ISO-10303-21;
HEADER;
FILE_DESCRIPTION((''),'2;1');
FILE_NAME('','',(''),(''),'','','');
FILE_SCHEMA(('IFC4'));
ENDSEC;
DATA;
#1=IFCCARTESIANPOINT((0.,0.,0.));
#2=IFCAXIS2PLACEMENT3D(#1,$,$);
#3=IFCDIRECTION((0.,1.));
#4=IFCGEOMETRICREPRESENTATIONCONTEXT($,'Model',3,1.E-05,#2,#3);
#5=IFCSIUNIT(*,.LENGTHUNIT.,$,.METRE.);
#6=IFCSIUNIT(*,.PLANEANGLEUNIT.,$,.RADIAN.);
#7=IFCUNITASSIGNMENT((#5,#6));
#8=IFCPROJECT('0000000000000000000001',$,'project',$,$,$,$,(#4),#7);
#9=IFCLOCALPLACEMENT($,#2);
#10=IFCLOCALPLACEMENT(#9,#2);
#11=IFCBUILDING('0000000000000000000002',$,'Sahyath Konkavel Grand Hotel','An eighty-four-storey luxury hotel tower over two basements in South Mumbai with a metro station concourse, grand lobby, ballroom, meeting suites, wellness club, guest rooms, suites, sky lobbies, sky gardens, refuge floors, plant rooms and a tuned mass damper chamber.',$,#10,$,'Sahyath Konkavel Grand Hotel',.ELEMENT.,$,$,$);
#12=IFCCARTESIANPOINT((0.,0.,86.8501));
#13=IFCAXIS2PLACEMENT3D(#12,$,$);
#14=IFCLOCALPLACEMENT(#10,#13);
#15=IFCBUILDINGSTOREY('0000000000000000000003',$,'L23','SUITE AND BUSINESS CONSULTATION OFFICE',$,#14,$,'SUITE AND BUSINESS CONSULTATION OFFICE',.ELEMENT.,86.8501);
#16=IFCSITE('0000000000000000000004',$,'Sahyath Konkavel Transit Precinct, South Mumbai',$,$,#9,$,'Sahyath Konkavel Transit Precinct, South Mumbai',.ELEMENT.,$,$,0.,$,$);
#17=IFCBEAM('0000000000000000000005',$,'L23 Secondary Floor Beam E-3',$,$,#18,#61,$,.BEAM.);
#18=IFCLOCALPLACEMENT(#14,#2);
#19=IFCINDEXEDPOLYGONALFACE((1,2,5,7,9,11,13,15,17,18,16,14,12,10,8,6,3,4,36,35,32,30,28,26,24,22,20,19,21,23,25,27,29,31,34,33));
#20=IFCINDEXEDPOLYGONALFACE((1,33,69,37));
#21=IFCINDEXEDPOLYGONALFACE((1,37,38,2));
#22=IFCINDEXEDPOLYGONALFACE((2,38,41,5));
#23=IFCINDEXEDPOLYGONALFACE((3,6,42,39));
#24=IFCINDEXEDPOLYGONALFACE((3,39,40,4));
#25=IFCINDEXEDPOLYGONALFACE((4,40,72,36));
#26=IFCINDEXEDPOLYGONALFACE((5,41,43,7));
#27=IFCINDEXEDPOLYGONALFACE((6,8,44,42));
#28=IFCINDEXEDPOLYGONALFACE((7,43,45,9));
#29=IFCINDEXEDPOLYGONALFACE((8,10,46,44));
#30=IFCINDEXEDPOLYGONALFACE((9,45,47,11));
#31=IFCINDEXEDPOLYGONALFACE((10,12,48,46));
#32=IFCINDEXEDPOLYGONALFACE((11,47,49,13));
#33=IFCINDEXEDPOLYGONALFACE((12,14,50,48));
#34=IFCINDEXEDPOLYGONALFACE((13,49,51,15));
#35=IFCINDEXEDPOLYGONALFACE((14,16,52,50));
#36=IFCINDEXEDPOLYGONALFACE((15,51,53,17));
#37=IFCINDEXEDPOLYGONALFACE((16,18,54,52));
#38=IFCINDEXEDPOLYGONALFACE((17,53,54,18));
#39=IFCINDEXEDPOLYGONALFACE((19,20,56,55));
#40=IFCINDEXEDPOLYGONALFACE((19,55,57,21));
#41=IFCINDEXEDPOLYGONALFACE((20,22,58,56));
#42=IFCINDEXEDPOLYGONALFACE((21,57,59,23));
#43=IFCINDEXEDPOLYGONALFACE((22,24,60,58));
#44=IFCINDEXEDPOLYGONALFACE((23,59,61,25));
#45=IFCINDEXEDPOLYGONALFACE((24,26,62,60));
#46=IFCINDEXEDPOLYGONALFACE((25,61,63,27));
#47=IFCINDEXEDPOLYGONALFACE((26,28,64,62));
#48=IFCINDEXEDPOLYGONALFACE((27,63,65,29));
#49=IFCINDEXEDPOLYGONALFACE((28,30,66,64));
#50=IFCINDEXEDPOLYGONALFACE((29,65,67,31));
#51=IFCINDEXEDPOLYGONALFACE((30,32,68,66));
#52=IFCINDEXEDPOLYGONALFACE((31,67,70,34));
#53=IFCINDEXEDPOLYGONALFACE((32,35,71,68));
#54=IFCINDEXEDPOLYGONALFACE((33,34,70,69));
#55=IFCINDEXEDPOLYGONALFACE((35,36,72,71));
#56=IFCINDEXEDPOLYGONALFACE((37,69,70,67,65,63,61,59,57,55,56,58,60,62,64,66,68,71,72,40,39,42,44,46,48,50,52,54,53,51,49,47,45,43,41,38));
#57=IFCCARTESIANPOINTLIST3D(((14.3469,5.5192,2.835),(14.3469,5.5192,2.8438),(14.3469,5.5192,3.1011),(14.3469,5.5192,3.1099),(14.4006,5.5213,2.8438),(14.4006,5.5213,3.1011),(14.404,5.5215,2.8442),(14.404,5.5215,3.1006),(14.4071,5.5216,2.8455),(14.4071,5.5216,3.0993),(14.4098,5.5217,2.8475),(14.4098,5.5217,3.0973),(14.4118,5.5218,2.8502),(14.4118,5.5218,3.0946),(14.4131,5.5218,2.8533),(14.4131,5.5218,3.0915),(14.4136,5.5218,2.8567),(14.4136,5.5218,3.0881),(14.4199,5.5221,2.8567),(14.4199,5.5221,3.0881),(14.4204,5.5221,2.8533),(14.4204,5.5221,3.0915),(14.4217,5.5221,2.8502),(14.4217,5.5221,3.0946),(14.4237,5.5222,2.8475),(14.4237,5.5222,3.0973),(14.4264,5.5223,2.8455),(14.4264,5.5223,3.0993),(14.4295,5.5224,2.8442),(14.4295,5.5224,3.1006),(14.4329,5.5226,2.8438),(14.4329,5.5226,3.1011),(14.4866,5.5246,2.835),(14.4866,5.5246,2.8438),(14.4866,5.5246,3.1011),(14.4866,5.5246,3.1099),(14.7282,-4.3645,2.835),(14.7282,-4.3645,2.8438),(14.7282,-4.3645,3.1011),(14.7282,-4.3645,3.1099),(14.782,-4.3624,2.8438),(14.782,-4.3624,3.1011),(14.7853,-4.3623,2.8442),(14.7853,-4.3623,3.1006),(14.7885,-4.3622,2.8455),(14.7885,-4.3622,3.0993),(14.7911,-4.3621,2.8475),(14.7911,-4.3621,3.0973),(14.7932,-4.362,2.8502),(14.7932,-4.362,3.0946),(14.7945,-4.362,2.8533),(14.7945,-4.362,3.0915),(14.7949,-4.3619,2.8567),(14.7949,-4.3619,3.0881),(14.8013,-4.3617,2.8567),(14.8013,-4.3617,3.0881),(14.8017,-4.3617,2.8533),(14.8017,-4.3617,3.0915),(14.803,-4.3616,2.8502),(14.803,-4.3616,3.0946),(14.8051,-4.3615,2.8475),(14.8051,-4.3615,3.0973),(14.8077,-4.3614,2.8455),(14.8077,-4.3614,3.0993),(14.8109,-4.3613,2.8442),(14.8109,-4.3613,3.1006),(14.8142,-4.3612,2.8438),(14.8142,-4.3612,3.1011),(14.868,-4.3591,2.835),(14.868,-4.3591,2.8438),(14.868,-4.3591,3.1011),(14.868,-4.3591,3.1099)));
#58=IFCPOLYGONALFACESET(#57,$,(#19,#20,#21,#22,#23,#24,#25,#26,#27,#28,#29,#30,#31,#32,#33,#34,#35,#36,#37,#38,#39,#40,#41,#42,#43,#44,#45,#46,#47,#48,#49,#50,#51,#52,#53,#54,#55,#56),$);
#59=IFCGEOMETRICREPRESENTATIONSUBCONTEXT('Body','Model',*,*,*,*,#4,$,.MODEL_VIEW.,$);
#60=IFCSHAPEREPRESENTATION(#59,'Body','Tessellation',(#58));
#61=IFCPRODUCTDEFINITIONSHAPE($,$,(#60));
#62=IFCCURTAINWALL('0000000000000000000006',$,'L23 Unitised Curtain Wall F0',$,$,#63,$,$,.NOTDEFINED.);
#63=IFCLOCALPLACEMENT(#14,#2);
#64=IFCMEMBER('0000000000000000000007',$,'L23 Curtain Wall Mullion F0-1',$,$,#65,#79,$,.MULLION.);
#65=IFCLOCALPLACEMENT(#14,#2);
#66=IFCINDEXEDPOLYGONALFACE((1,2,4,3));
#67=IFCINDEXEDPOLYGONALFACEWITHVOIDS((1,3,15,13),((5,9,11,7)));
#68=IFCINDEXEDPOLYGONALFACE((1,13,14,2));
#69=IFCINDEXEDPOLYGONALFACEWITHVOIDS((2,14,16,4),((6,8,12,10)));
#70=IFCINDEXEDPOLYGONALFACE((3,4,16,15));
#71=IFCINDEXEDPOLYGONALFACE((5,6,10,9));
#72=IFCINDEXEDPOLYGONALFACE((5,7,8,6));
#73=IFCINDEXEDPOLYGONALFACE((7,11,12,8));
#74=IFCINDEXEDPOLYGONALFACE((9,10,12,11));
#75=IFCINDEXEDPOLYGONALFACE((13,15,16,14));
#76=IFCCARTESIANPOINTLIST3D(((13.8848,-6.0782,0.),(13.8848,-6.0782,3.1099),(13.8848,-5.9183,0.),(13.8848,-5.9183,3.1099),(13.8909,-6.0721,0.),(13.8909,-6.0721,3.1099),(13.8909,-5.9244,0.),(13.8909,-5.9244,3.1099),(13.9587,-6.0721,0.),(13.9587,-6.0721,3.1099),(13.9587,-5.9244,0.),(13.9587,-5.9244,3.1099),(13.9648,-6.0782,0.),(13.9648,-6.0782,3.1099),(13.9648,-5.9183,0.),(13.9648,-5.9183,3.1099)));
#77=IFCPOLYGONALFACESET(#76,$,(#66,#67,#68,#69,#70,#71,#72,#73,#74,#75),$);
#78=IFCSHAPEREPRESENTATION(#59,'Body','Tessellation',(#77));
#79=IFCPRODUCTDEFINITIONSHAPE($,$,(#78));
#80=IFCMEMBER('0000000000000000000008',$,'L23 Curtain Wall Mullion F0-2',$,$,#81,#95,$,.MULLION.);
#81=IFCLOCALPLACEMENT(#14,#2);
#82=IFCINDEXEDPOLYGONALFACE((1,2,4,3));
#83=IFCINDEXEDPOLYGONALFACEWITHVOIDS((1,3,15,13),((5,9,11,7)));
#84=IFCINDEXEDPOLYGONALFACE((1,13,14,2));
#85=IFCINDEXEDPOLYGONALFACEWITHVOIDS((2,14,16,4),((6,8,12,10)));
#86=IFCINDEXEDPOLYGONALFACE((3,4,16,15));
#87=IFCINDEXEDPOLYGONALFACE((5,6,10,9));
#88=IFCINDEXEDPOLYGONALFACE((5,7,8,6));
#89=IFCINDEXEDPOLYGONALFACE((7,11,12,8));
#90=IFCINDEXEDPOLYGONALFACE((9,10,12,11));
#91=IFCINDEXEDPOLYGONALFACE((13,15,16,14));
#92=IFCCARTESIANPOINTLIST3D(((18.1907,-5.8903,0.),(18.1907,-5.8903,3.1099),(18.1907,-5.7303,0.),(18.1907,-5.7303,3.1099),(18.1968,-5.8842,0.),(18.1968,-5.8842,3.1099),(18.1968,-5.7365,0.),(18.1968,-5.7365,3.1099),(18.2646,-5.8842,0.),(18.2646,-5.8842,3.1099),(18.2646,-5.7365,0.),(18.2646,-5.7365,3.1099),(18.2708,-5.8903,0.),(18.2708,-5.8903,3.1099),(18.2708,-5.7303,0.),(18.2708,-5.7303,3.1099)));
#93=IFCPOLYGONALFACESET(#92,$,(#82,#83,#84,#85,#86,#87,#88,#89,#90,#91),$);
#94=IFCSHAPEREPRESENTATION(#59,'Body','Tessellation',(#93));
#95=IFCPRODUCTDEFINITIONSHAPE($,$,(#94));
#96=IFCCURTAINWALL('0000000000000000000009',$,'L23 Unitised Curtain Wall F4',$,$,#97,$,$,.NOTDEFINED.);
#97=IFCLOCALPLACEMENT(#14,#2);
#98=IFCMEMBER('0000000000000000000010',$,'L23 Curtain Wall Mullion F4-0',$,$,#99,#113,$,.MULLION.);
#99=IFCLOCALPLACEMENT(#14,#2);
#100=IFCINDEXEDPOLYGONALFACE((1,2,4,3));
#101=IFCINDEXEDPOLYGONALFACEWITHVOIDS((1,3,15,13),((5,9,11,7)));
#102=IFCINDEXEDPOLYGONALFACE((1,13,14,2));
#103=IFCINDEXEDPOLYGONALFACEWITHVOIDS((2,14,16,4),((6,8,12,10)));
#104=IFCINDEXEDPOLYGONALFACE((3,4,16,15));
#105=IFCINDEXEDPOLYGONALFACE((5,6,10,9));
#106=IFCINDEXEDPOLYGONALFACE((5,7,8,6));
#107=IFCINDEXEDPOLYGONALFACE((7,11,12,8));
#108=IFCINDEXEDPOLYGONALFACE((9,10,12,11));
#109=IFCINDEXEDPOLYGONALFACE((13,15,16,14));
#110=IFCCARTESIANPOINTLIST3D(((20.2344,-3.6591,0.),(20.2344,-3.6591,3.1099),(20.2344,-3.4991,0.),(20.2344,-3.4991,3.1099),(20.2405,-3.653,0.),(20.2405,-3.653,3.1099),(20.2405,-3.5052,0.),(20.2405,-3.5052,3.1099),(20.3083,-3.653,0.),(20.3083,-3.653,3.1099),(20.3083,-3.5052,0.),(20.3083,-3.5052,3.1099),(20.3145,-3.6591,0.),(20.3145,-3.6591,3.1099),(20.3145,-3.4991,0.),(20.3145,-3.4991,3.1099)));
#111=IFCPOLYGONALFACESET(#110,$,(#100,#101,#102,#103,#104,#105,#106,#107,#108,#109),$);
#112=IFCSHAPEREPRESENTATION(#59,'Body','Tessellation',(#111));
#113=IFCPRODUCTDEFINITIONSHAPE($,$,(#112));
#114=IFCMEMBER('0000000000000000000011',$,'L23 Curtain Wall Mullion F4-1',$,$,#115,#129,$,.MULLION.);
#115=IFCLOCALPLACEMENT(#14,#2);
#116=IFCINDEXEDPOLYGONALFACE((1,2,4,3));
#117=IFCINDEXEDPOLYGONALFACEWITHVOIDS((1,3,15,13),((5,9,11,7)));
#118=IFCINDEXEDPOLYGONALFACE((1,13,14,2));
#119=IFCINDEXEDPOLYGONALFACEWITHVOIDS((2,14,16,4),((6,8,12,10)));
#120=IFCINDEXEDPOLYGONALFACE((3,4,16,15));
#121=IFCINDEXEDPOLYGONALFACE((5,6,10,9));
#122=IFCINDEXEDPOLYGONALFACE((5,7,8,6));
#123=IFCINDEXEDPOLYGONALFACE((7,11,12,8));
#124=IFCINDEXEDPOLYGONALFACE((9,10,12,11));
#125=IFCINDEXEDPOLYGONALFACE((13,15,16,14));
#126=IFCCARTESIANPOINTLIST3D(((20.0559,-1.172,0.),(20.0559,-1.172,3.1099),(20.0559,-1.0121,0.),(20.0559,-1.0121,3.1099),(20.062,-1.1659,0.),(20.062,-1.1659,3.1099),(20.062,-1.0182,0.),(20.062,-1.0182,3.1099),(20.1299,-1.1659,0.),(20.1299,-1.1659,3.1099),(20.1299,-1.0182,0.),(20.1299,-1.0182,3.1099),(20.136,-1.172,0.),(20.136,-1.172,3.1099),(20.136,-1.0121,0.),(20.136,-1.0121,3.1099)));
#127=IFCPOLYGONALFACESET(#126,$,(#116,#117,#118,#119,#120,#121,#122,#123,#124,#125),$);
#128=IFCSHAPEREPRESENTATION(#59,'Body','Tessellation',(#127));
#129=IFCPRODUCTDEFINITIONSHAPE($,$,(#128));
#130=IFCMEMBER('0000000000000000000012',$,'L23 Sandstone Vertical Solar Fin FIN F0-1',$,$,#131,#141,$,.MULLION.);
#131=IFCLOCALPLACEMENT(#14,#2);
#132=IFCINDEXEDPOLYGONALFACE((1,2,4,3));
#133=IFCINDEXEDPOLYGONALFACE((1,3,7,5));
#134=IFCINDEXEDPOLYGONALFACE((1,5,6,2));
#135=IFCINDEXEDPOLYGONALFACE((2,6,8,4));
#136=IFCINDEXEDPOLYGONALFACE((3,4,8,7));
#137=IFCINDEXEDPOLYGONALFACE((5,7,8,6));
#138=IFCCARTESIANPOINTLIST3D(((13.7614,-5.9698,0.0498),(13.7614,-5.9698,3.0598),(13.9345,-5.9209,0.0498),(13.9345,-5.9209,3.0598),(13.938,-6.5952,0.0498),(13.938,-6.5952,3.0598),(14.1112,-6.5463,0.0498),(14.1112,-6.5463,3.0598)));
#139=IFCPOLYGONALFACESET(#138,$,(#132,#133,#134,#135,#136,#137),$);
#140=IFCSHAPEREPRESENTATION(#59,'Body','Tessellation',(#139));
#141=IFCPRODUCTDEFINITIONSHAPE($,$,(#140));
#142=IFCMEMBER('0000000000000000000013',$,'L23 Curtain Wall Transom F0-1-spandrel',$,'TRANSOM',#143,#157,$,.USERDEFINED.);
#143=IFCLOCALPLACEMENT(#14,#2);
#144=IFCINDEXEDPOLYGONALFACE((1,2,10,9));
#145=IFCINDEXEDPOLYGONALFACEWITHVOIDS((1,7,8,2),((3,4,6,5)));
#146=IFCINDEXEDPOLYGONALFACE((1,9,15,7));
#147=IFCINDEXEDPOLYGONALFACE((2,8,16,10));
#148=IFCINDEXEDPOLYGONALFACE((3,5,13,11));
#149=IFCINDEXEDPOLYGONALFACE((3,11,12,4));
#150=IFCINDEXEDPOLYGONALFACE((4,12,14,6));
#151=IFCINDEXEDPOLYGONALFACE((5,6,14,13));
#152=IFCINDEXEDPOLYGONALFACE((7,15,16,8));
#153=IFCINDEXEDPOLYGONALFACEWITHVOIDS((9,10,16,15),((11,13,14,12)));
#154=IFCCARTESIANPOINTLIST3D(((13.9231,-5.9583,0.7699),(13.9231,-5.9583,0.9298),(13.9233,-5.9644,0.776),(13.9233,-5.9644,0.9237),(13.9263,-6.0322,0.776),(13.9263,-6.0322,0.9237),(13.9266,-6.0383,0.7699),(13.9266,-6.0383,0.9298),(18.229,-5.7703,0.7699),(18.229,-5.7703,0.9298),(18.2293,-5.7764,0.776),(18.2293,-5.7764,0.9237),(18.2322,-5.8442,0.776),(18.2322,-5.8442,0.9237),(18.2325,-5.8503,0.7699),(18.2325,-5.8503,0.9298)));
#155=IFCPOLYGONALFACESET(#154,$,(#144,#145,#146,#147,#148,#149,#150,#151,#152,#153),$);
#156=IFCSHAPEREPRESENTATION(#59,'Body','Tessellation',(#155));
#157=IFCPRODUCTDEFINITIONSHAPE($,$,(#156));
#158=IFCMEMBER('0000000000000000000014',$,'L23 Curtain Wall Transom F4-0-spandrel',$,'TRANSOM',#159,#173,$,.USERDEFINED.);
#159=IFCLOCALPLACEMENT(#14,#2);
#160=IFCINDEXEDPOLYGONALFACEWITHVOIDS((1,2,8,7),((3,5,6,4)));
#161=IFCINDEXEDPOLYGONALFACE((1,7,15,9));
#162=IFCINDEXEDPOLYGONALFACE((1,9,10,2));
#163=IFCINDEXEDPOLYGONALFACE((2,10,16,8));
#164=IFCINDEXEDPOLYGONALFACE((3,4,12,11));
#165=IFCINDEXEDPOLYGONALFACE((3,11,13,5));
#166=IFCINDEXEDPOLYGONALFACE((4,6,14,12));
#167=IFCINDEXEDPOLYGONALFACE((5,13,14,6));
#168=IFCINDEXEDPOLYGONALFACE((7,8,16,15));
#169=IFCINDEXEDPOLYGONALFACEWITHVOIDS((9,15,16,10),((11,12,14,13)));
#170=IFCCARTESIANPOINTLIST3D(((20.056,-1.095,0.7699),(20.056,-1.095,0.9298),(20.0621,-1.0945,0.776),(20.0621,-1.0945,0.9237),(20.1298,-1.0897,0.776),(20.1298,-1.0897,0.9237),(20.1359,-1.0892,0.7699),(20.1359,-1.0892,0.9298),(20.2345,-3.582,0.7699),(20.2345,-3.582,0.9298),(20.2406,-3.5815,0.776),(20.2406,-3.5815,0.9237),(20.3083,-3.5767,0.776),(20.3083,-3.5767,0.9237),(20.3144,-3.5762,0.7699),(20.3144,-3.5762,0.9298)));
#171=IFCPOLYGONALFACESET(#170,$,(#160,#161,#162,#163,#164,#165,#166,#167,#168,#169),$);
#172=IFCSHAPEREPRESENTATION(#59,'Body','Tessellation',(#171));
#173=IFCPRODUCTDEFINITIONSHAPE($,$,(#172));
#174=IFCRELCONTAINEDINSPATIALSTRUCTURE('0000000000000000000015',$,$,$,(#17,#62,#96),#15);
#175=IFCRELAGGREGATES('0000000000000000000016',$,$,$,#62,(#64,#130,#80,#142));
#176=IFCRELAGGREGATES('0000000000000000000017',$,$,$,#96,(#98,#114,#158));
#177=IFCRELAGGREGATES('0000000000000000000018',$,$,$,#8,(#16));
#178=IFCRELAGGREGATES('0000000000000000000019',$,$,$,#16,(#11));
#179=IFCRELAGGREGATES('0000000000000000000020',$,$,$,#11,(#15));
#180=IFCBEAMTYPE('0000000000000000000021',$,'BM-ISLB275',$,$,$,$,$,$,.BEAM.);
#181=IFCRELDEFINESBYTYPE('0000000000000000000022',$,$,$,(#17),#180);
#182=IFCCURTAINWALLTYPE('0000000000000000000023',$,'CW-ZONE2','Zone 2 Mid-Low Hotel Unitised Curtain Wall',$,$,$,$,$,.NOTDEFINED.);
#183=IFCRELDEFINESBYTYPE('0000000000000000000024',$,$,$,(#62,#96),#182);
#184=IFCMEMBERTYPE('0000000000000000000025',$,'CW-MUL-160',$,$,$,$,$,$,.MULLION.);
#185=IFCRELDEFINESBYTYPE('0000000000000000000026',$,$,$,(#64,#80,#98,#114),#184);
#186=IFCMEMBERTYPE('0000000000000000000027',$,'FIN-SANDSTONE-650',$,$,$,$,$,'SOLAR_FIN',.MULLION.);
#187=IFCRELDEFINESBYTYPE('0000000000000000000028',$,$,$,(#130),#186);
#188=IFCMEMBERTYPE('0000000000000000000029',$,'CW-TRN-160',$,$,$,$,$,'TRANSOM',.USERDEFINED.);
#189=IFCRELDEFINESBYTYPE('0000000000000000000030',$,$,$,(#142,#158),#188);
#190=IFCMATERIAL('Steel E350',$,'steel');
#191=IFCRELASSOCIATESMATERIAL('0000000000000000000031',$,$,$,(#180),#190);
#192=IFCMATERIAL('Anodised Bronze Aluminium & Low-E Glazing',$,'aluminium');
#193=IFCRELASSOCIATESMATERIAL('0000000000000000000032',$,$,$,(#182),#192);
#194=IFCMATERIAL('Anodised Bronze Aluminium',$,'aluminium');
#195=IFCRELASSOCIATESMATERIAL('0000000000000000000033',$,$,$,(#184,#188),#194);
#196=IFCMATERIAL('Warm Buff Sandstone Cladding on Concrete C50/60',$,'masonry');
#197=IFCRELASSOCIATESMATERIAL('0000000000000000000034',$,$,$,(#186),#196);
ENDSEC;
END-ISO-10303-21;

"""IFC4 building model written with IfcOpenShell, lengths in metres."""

from ifc_helpers import new_model, si_unit, direction, frame, origin, origin_2d, place, context, subcontext, project, spatial, rectangle, hollow_rectangle, i_section, extrude, source, transform, mapped, material, material_profile, profile_set, type_object, element, aggregate, save


model = new_model("IFC4")

# Units and contexts
model_context = context("Model", 3, precision=1e-05, world=origin(), true_north=direction((0.0, 1.0)))
body_context = subcontext(model_context, "Body", "Model", "MODEL_VIEW")
ifc_project = project(units=[si_unit("LENGTHUNIT", "METRE"), si_unit("PLANEANGLEUNIT", "RADIAN")], contexts=[model_context])

# Site, building, storey
site_placement = place(None, origin())
site = spatial("IfcSite", under=ifc_project, at=site_placement, Name="Sahyath Konkavel Transit Precinct, South Mumbai", LongName="Sahyath Konkavel Transit Precinct, South Mumbai", CompositionType="ELEMENT", RefElevation=0.0)
building_placement = place(site_placement, origin())
building = spatial("IfcBuilding", under=site, at=building_placement, Name="Sahyath Konkavel Grand Hotel", Description="An eighty-four-storey luxury hotel tower over two basements in South Mumbai with a metro station concourse, grand lobby, ballroom, meeting suites, wellness club, guest rooms, suites, sky lobbies, sky gardens, refuge floors, plant rooms and a tuned mass damper chamber.", LongName="Sahyath Konkavel Grand Hotel", CompositionType="ELEMENT")
storey_placement = place(building_placement, frame((0.0, 0.0, 86.8501)))
storey = spatial("IfcBuildingStorey", under=building, at=storey_placement, Name="L23", Description="SUITE AND BUSINESS CONSULTATION OFFICE", LongName="SUITE AND BUSINESS CONSULTATION OFFICE", CompositionType="ELEMENT", Elevation=86.8501)

# Beam
ifc_material_1 = material(Name="Steel E350", Category="steel")
ifc_material_profile_1 = material_profile(ifc_material_1, i_section(OverallWidth=0.1399, OverallDepth=0.2749, WebThickness=0.0063, FlangeThickness=0.0088, FilletRadius=0.0129, at=origin_2d()), Name="ISLB 275")
ifc_profile_set_1 = profile_set([ifc_material_profile_1], Name="Steel E350")
beam_type_1 = type_object("IfcBeamType", Name="BM-ISLB275", PredefinedType="BEAM", material=ifc_profile_set_1)
shared_shape_1 = source(origin(), body_context, "Body", "SweptSolid", [
    extrude(i_section(OverallWidth=0.1399, OverallDepth=0.2749, WebThickness=0.0063, FlangeThickness=0.0088, FilletRadius=0.0129, at=origin_2d()), origin(), (0.0, 0.0, 1.0), 9.8911),
])
beam_1_placement = place(storey_placement, frame((14.7981, -4.3618, 2.9724), z_axis=(-0.038554, 0.999257, 0.0), x_axis=(-0.999257, -0.038554, 0.0)))
element("IfcBeam", 1, at=beam_1_placement, inside=storey, type_object=beam_type_1, Name="L23 Secondary Floor Beam E-3", PredefinedType="BEAM", context=body_context, shape_type="MappedRepresentation", body=[
    mapped(shared_shape_1, transform((0.0, 0.0, 0.0), scale=1.0)),
])

# Curtain walls, members
ifc_material_2 = material(Name="Anodised Bronze Aluminium & Low-E Glazing", Category="aluminium")
curtain_wall_type = type_object("IfcCurtainWallType", Name="CW-ZONE2", Description="Zone 2 Mid-Low Hotel Unitised Curtain Wall", PredefinedType="NOTDEFINED", material=ifc_material_2)
curtain_wall_1_placement = place(storey_placement, origin())
curtain_wall_1 = element("IfcCurtainWall", 2, at=curtain_wall_1_placement, inside=storey, type_object=curtain_wall_type, Name="L23 Unitised Curtain Wall F0", PredefinedType="NOTDEFINED")
ifc_material_3 = material(Name="Anodised Bronze Aluminium", Category="aluminium")
ifc_material_profile_2 = material_profile(ifc_material_3, hollow_rectangle(XDim=0.0801, YDim=0.1599, WallThickness=0.0061, at=origin_2d()), Name="RHS 160x80x6")
ifc_profile_set_2 = profile_set([ifc_material_profile_2], Name="Anodised Bronze Aluminium")
member_type_1 = type_object("IfcMemberType", Name="CW-MUL-160", PredefinedType="MULLION", material=ifc_profile_set_2)
shared_shape_2 = source(origin(), body_context, "Body", "SweptSolid", [
    extrude(hollow_rectangle(XDim=0.0801, YDim=0.1599, WallThickness=0.0061, at=origin_2d()), origin(), (0.0, 0.0, 1.0), 3.1099),
])
member_1_placement = place(storey_placement, frame((13.9248, -5.9983, 0.0), z_axis=(0.0, 0.0, 1.0), x_axis=(1.0, 0.0, 0.0)))
member_1 = element("IfcMember", 3, at=member_1_placement, type_object=member_type_1, Name="L23 Curtain Wall Mullion F0-1", PredefinedType="MULLION", context=body_context, shape_type="MappedRepresentation", body=[
    mapped(shared_shape_2, transform((0.0, 0.0, 0.0), scale=1.0)),
])
member_2_placement = place(storey_placement, frame((18.2307, -5.8103, 0.0), z_axis=(0.0, 0.0, 1.0), x_axis=(1.0, 0.0, 0.0)))
member_2 = element("IfcMember", 4, at=member_2_placement, type_object=member_type_1, Name="L23 Curtain Wall Mullion F0-2", PredefinedType="MULLION", context=body_context, shape_type="MappedRepresentation", body=[
    mapped(shared_shape_2, transform((0.0, 0.0, 0.0), scale=1.0)),
])
curtain_wall_2_placement = place(storey_placement, origin())
curtain_wall_2 = element("IfcCurtainWall", 5, at=curtain_wall_2_placement, inside=storey, type_object=curtain_wall_type, Name="L23 Unitised Curtain Wall F4", PredefinedType="NOTDEFINED")
member_3_placement = place(storey_placement, frame((20.2744, -3.5791, 0.0), z_axis=(0.0, 0.0, 1.0), x_axis=(1.0, 0.0, 0.0)))
member_3 = element("IfcMember", 6, at=member_3_placement, type_object=member_type_1, Name="L23 Curtain Wall Mullion F4-0", PredefinedType="MULLION", context=body_context, shape_type="MappedRepresentation", body=[
    mapped(shared_shape_2, transform((0.0, 0.0, 0.0), scale=1.0)),
])
member_4_placement = place(storey_placement, frame((20.0959, -1.092, 0.0), z_axis=(0.0, 0.0, 1.0), x_axis=(1.0, 0.0, 0.0)))
member_4 = element("IfcMember", 7, at=member_4_placement, type_object=member_type_1, Name="L23 Curtain Wall Mullion F4-1", PredefinedType="MULLION", context=body_context, shape_type="MappedRepresentation", body=[
    mapped(shared_shape_2, transform((0.0, 0.0, 0.0), scale=1.0)),
])

# Members
ifc_material_4 = material(Name="Warm Buff Sandstone Cladding on Concrete C50/60", Category="masonry")
ifc_material_profile_3 = material_profile(ifc_material_4, rectangle(XDim=0.1799, YDim=0.6499, at=origin_2d()), Name="FIN 180x650")
ifc_profile_set_3 = profile_set([ifc_material_profile_3], Name="Warm Buff Sandstone Cladding on Concrete C50/60")
member_type_2 = type_object("IfcMemberType", Name="FIN-SANDSTONE-650", ElementType="SOLAR_FIN", PredefinedType="MULLION", material=ifc_profile_set_3)
shared_shape_3 = source(origin(), body_context, "Body", "SweptSolid", [
    extrude(rectangle(XDim=0.1799, YDim=0.6499, at=origin_2d()), origin(), (0.0, 0.0, 1.0), 3.01),
])
member_5_placement = place(storey_placement, frame((13.9363, -6.2581, 0.0498), z_axis=(0.0, 0.0, 1.0), x_axis=(0.96236, 0.271776, 0.0)))
member_5 = element("IfcMember", 8, at=member_5_placement, type_object=member_type_2, Name="L23 Sandstone Vertical Solar Fin FIN F0-1", PredefinedType="MULLION", context=body_context, shape_type="MappedRepresentation", body=[
    mapped(shared_shape_3, transform((0.0, 0.0, 0.0), scale=1.0)),
])
ifc_material_profile_4 = material_profile(ifc_material_3, hollow_rectangle(XDim=0.0801, YDim=0.1599, WallThickness=0.0061, at=origin_2d()), Name="RHS 160x80x6")
ifc_profile_set_4 = profile_set([ifc_material_profile_4], Name="Anodised Bronze Aluminium")
member_type_3 = type_object("IfcMemberType", Name="CW-TRN-160", ElementType="TRANSOM", PredefinedType="USERDEFINED", material=ifc_profile_set_4)
shared_shape_4 = source(origin(), body_context, "Body", "SweptSolid", [
    extrude(hollow_rectangle(XDim=0.0801, YDim=0.1599, WallThickness=0.0061, at=origin_2d()), origin(), (0.0, 0.0, 1.0), 4.3101),
])
member_6_placement = place(storey_placement, frame((13.9248, -5.9983, 0.8499), z_axis=(0.999048, 0.043617, 0.0), x_axis=(-0.043617, 0.999048, 0.0)))
member_6 = element("IfcMember", 9, at=member_6_placement, type_object=member_type_3, Name="L23 Curtain Wall Transom F0-1-spandrel", ObjectType="TRANSOM", PredefinedType="USERDEFINED", context=body_context, shape_type="MappedRepresentation", body=[
    mapped(shared_shape_4, transform((0.0, 0.0, 0.0), scale=1.0)),
])
shared_shape_5 = source(origin(), body_context, "Body", "SweptSolid", [
    extrude(hollow_rectangle(XDim=0.0801, YDim=0.1599, WallThickness=0.0061, at=origin_2d()), origin(), (0.0, 0.0, 1.0), 2.4934),
])
member_7_placement = place(storey_placement, frame((20.2744, -3.5791, 0.8499), z_axis=(-0.071574, 0.997435, 0.0), x_axis=(-0.997435, -0.071574, 0.0)))
member_7 = element("IfcMember", 10, at=member_7_placement, type_object=member_type_3, Name="L23 Curtain Wall Transom F4-0-spandrel", ObjectType="TRANSOM", PredefinedType="USERDEFINED", context=body_context, shape_type="MappedRepresentation", body=[
    mapped(shared_shape_5, transform((0.0, 0.0, 0.0), scale=1.0)),
])

aggregate(curtain_wall_1, [member_1, member_5, member_2, member_6])
aggregate(curtain_wall_2, [member_3, member_4, member_7])

save(model, "model.ifc")
